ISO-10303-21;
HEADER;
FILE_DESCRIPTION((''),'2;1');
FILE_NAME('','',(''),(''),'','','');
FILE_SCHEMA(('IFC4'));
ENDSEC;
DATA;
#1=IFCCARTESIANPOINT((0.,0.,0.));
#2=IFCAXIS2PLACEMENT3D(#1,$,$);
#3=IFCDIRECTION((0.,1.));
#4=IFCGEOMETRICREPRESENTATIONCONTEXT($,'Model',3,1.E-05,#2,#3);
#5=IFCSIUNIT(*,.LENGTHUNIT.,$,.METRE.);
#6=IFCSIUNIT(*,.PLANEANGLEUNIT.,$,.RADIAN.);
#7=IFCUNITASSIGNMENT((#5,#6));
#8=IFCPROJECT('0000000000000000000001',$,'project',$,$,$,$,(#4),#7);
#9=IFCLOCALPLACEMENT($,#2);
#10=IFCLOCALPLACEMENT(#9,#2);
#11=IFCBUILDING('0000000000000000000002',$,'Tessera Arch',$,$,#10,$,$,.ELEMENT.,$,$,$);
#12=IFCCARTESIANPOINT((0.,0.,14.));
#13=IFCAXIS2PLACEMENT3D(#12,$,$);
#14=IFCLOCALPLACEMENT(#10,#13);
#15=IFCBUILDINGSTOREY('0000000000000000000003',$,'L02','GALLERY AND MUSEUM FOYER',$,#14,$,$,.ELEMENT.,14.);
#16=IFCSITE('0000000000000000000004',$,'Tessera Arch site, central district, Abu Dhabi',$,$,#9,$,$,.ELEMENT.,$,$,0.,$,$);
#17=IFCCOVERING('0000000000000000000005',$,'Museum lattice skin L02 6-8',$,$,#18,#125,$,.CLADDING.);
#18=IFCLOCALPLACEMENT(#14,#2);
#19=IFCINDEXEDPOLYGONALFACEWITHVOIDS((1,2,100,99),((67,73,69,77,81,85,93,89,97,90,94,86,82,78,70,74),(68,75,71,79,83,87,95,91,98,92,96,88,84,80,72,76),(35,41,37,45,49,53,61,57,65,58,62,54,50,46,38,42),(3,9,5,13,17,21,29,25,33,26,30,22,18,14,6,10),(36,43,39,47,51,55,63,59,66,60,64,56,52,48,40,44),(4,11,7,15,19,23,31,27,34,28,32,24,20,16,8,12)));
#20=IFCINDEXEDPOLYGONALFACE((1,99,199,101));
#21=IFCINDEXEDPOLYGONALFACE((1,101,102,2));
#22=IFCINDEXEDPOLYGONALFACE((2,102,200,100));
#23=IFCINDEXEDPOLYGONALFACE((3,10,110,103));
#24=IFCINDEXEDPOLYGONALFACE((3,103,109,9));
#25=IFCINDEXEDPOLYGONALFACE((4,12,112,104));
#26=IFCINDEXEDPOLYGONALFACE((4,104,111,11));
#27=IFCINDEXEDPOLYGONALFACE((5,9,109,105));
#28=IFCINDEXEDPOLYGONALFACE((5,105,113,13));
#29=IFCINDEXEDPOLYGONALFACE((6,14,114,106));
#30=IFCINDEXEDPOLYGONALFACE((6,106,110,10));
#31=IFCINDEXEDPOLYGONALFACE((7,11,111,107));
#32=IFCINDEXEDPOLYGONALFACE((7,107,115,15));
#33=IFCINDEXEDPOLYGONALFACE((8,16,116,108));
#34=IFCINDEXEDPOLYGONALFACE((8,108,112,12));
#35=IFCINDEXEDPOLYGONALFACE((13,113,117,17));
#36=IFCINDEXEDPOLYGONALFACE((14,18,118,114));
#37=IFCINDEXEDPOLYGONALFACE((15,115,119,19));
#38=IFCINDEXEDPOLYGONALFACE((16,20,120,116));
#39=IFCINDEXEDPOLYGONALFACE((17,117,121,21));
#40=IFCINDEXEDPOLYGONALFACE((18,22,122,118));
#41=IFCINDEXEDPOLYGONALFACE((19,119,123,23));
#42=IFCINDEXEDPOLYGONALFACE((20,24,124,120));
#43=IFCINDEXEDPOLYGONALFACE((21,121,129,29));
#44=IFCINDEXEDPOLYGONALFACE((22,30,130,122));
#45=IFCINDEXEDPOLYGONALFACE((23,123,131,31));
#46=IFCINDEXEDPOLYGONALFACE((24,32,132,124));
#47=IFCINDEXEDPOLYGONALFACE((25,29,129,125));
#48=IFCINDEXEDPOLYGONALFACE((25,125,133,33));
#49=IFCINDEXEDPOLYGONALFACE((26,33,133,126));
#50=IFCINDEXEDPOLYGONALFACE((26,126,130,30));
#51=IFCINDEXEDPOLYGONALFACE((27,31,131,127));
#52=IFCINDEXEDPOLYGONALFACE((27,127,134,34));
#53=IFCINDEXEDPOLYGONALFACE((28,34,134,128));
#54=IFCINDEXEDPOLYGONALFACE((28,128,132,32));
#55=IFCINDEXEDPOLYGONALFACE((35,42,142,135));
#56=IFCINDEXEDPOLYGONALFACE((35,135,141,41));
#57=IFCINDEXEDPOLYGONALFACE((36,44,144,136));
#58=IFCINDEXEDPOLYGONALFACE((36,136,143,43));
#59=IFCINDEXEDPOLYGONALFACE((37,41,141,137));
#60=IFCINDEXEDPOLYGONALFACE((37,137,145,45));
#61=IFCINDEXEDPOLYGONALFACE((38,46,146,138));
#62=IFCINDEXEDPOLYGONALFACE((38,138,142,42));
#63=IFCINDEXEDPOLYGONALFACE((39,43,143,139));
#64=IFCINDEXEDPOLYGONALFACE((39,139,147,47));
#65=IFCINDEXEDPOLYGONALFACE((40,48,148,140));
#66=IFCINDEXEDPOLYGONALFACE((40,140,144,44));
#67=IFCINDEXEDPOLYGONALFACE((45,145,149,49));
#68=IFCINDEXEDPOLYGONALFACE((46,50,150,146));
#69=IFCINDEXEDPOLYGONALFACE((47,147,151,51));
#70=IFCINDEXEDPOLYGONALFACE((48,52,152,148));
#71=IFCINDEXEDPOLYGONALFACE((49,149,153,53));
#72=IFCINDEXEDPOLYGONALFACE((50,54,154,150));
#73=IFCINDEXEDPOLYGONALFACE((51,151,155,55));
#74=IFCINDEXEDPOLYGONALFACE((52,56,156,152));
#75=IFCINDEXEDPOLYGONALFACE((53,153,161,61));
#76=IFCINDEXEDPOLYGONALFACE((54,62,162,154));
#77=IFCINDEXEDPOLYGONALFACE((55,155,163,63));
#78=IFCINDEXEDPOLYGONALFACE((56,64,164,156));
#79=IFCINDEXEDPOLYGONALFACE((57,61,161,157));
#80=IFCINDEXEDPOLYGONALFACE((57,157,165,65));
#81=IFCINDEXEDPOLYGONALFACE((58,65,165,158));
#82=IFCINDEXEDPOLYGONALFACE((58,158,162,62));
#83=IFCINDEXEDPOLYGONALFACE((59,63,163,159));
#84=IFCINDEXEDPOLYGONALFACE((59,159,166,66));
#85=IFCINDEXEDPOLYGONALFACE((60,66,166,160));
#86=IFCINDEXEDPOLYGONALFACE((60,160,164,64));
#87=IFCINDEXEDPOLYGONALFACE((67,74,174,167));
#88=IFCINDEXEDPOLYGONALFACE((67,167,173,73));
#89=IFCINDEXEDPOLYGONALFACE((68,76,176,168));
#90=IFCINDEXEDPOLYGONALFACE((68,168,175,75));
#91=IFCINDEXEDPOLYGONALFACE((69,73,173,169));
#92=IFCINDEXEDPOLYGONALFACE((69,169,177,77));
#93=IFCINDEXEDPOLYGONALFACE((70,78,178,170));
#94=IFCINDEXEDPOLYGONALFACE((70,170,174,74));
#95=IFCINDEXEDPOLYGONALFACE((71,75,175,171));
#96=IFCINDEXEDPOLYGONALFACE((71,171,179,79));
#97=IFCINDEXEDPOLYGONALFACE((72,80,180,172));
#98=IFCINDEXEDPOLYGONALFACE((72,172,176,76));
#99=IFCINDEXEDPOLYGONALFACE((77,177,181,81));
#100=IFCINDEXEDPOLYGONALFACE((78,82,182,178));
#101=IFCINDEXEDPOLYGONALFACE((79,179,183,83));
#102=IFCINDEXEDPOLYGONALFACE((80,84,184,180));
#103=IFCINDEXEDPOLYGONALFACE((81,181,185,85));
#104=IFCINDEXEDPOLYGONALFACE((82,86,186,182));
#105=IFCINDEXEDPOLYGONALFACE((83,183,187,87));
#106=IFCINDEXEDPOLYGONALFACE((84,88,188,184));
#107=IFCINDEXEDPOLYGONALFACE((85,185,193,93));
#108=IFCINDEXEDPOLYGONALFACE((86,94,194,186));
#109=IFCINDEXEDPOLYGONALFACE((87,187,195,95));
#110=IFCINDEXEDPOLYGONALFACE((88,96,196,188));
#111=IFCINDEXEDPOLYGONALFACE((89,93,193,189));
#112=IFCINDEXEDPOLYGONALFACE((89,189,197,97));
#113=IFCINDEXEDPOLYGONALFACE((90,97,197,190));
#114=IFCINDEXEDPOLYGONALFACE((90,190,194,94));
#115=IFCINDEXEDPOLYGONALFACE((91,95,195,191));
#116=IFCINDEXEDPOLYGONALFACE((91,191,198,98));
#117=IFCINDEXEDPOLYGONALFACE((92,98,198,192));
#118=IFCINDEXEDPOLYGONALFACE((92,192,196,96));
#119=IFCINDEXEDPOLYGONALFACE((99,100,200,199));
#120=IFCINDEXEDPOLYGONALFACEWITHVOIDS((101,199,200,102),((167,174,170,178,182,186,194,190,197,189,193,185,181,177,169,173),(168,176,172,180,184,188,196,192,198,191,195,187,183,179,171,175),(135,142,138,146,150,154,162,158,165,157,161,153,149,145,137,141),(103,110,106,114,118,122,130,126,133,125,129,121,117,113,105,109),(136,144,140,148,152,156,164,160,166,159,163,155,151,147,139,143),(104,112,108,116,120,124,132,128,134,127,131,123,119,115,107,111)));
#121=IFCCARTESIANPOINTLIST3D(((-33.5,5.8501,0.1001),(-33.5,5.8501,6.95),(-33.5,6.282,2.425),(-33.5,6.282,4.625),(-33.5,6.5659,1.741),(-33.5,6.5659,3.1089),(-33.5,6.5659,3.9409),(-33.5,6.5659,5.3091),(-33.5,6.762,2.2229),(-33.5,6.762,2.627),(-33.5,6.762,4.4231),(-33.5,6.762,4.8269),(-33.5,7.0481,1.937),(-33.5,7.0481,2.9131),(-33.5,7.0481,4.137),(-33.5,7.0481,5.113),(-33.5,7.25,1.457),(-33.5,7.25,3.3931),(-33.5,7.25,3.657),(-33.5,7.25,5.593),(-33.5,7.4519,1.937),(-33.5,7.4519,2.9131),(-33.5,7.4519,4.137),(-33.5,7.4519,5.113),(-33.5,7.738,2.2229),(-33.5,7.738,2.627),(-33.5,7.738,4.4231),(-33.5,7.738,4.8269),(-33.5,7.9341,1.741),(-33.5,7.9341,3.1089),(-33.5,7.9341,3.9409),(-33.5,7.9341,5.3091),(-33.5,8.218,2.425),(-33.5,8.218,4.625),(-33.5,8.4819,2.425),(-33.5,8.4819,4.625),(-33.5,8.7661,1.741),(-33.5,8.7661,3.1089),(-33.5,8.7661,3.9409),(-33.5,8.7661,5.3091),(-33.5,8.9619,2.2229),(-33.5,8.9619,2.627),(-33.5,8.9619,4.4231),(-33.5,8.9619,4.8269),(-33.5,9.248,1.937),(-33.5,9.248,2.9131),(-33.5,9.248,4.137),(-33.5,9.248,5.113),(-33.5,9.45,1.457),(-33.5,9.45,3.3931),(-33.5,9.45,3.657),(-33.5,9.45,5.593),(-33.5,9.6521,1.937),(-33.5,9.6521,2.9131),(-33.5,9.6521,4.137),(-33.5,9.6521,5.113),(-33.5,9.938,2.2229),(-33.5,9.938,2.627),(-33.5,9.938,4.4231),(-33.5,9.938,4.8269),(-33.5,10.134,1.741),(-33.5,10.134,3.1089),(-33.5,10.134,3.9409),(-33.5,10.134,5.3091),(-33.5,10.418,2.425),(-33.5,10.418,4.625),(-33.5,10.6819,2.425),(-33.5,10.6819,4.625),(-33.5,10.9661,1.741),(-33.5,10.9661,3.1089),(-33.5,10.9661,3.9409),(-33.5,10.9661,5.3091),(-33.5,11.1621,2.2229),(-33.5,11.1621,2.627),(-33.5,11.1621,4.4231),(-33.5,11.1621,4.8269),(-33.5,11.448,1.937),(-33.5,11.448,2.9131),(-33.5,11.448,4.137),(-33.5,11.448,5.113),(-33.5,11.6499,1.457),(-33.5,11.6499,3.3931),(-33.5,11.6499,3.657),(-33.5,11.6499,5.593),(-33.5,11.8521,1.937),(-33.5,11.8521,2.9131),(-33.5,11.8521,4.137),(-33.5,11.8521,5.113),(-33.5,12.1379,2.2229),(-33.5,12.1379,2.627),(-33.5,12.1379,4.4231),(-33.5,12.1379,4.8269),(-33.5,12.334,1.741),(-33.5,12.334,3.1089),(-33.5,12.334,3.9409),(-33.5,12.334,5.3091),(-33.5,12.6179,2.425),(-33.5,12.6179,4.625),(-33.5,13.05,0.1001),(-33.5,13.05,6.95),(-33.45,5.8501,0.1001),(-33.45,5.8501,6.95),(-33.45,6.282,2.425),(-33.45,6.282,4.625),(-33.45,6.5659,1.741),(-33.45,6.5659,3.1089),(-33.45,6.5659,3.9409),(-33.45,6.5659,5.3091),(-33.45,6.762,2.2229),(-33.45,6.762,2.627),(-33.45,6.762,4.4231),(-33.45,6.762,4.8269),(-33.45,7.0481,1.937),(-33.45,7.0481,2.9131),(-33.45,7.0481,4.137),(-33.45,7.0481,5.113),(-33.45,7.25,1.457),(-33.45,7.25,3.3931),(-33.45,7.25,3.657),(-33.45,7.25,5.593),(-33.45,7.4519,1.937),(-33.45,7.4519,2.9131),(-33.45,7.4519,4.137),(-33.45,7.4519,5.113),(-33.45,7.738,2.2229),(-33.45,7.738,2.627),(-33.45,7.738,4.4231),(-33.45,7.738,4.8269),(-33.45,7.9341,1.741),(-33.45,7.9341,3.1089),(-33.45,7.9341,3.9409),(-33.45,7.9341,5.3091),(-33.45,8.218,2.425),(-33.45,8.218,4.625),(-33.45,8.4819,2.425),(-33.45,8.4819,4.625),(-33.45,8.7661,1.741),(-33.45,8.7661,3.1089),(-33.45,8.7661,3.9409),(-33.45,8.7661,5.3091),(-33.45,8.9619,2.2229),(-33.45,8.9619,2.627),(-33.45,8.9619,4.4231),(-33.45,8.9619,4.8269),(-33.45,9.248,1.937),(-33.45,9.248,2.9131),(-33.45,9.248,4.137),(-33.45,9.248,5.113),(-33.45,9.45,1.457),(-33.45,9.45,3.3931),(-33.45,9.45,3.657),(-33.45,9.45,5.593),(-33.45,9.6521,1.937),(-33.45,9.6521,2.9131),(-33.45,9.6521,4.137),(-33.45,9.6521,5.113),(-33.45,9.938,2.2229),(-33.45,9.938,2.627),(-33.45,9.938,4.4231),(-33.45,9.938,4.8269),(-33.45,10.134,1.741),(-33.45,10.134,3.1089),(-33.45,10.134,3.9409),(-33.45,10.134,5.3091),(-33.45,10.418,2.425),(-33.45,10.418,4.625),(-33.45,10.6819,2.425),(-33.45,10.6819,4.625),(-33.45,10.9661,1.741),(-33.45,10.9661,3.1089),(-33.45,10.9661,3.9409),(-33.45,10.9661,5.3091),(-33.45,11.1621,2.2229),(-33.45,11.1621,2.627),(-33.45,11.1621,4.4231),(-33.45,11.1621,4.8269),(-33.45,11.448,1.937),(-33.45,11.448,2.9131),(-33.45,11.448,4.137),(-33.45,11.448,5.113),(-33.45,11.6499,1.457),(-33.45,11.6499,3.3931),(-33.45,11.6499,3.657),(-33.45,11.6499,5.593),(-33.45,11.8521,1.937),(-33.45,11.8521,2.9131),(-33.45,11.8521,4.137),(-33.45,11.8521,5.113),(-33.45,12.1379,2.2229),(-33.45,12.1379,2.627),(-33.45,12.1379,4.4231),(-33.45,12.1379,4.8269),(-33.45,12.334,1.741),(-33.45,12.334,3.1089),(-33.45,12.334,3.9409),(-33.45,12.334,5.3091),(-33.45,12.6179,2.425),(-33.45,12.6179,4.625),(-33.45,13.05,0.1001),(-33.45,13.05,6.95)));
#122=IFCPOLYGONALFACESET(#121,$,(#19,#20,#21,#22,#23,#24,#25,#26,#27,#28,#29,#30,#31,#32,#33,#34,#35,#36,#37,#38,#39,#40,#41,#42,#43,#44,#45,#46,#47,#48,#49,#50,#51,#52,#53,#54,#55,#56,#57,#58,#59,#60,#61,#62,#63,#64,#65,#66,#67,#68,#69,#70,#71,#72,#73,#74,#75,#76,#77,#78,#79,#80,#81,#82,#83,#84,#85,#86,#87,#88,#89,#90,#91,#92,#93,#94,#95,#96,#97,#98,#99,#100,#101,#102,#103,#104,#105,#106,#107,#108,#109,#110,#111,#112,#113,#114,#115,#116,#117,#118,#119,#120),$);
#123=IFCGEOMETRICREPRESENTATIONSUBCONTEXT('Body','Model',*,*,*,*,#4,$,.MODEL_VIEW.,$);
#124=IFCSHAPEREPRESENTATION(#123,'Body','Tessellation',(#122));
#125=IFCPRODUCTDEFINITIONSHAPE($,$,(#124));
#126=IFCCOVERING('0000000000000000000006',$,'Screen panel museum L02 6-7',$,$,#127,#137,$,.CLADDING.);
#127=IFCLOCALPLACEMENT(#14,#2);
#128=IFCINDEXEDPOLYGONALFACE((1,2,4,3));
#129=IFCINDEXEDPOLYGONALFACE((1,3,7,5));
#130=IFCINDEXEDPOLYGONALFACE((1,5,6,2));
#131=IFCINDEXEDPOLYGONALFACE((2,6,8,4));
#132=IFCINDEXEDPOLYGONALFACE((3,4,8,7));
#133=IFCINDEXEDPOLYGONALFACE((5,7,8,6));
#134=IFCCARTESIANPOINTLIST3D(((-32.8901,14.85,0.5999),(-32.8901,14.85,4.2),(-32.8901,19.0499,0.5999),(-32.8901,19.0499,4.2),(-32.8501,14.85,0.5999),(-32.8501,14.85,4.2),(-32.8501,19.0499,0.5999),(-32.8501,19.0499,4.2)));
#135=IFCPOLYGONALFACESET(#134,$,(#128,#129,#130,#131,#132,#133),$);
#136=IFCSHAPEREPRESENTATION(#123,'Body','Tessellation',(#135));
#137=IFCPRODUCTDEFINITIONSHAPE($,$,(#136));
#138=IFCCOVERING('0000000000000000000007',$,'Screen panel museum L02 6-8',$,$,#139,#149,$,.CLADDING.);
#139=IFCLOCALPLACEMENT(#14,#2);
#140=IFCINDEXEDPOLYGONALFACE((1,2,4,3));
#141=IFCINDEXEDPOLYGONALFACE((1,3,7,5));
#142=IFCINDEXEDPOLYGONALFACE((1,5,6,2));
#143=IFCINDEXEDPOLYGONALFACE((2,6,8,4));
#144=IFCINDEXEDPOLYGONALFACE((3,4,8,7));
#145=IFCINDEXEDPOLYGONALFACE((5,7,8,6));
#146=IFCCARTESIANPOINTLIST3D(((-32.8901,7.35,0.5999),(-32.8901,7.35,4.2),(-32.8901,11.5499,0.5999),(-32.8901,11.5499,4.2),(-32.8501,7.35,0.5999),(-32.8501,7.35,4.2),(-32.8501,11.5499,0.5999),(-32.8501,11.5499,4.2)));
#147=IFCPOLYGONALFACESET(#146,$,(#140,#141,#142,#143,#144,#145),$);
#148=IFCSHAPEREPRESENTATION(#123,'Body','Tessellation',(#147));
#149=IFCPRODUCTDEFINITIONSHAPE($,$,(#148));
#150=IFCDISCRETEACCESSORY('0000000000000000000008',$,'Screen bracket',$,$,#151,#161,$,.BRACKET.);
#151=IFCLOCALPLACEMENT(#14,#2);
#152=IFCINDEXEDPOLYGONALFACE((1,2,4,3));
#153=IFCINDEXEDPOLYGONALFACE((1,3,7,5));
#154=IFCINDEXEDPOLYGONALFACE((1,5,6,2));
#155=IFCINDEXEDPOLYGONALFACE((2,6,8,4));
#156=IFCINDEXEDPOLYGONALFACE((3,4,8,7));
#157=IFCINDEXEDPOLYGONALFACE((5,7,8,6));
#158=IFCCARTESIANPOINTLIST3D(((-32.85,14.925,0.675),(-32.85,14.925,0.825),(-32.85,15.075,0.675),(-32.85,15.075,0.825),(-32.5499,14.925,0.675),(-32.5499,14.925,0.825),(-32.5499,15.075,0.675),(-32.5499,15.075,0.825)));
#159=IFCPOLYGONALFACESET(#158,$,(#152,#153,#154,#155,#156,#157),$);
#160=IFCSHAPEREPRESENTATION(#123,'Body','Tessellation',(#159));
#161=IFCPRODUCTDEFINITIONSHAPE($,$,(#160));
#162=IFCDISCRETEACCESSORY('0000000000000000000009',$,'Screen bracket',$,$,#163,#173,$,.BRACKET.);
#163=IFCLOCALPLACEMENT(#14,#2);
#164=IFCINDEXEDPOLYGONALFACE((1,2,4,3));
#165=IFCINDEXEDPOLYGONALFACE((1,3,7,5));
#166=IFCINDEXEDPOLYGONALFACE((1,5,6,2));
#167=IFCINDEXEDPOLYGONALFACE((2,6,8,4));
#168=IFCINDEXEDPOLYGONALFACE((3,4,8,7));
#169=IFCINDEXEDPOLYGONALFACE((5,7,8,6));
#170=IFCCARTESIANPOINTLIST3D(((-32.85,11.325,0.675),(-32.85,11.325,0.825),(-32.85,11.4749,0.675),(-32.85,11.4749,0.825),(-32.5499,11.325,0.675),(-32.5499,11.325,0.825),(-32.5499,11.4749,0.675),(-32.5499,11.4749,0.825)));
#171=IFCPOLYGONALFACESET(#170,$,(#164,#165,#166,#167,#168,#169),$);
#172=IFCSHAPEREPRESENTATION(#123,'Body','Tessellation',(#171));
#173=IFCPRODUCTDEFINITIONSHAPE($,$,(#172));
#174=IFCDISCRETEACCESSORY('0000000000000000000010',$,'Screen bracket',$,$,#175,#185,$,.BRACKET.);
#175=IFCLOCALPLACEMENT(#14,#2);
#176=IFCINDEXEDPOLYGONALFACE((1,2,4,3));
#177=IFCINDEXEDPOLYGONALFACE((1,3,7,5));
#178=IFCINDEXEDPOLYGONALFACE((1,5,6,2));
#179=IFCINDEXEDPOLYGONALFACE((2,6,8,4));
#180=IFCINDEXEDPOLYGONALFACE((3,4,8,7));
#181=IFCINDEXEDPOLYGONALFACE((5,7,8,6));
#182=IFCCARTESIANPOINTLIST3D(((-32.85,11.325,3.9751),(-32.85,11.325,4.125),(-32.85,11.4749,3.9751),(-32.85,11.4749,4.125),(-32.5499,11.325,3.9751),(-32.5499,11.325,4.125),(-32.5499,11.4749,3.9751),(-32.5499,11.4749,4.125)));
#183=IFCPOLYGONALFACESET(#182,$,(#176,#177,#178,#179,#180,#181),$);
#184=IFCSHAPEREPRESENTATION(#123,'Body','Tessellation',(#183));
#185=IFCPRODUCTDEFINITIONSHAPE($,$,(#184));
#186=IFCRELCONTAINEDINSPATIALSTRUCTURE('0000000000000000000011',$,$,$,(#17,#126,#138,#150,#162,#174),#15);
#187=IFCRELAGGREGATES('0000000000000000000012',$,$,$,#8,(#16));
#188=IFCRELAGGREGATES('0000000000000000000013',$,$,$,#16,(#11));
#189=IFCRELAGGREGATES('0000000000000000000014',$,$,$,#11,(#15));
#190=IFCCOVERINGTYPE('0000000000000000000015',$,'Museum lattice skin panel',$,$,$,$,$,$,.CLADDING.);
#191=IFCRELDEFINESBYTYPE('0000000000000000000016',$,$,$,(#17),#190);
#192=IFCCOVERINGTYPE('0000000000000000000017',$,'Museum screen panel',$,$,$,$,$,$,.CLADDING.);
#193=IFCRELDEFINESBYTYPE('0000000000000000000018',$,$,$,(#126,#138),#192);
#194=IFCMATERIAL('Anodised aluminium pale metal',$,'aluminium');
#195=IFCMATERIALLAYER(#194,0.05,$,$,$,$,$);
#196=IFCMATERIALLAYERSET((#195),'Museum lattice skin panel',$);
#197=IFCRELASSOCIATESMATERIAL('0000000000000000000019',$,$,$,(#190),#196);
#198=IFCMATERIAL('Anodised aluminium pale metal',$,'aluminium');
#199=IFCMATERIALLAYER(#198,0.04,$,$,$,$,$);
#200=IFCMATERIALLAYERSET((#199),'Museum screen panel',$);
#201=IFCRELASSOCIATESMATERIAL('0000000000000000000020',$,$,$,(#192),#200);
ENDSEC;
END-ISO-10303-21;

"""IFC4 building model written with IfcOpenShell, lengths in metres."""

from ifc_helpers import new_model, si_unit, direction, frame, origin, origin_2d, place, context, subcontext, project, spatial, polyline, rectangle, outline, extrude, material, layer, layer_set, type_object, element, save


model = new_model("IFC4")

# Units and contexts
model_context = context("Model", 3, precision=1e-05, world=origin(), true_north=direction((0.0, 1.0)))
body_context = subcontext(model_context, "Body", "Model", "MODEL_VIEW")
ifc_project = project(units=[si_unit("LENGTHUNIT", "METRE"), si_unit("PLANEANGLEUNIT", "RADIAN")], contexts=[model_context])

# Site, building, storey
site_placement = place(None, origin())
site = spatial("IfcSite", under=ifc_project, at=site_placement, Name="Tessera Arch site, central district, Abu Dhabi", CompositionType="ELEMENT", RefElevation=0.0)
building_placement = place(site_placement, origin())
building = spatial("IfcBuilding", under=site, at=building_placement, Name="Tessera Arch", CompositionType="ELEMENT")
storey_placement = place(building_placement, frame((0.0, 0.0, 14.0)))
storey = spatial("IfcBuildingStorey", under=building, at=storey_placement, Name="L02", Description="GALLERY AND MUSEUM FOYER", CompositionType="ELEMENT", Elevation=14.0)

# Coverings
ifc_material_1 = material(Name="Anodised aluminium pale metal", Category="aluminium")
ifc_layer_1 = layer(ifc_material_1, 0.05)
ifc_layer_set_1 = layer_set([ifc_layer_1], Name="Museum lattice skin panel")
covering_type_1 = type_object("IfcCoveringType", Name="Museum lattice skin panel", PredefinedType="CLADDING", material=ifc_layer_set_1)
covering_placement = place(storey_placement, frame((-33.45, 13.05, 6.95), z_axis=(1.0, 0.0, 0.0), x_axis=(0.0, -1.0, 0.0)))
element("IfcCovering", 1, at=covering_placement, inside=storey, type_object=covering_type_1, Name="Museum lattice skin L02 6-8", PredefinedType="CLADDING", context=body_context, shape_type="SweptSolid", body=[
    extrude(outline(polyline([(0.0, 0.0), (7.2, 0.0), (7.2, 6.8499), (0.0, 6.8499), (0.0, 0.0)]), holes=[polyline([(2.3682, 4.5249), (1.8879, 4.323), (2.084, 3.8411), (1.6021, 4.0369), (1.4001, 3.5569), (1.198, 4.0369), (0.7161, 3.8411), (0.9121, 4.323), (0.4321, 4.5249), (0.9121, 4.7271), (0.7161, 5.209), (1.198, 5.0129), (1.4001, 5.4929), (1.6021, 5.0129), (2.084, 5.209), (1.8879, 4.7271), (2.3682, 4.5249)]), polyline([(2.3682, 2.325), (1.8879, 2.123), (2.084, 1.6409), (1.6021, 1.8369), (1.4001, 1.3569), (1.198, 1.8369), (0.7161, 1.6409), (0.9121, 2.123), (0.4321, 2.325), (0.9121, 2.5269), (0.7161, 3.009), (1.198, 2.813), (1.4001, 3.293), (1.6021, 2.813), (2.084, 3.009), (1.8879, 2.5269), (2.3682, 2.325)]), polyline([(4.5681, 4.5249), (4.0881, 4.323), (4.2839, 3.8411), (3.802, 4.0369), (3.6001, 3.5569), (3.3979, 4.0369), (2.916, 3.8411), (3.1121, 4.323), (2.6321, 4.5249), (3.1121, 4.7271), (2.916, 5.209), (3.3979, 5.0129), (3.6001, 5.4929), (3.802, 5.0129), (4.2839, 5.209), (4.0881, 4.7271), (4.5681, 4.5249)]), polyline([(4.5681, 2.325), (4.0881, 2.123), (4.2839, 1.6409), (3.802, 1.8369), (3.6001, 1.3569), (3.3979, 1.8369), (2.916, 1.6409), (3.1121, 2.123), (2.6321, 2.325), (3.1121, 2.5269), (2.916, 3.009), (3.3979, 2.813), (3.6001, 3.293), (3.802, 2.813), (4.2839, 3.009), (4.0881, 2.5269), (4.5681, 2.325)]), polyline([(6.7681, 4.5249), (6.2881, 4.323), (6.4841, 3.8411), (6.002, 4.0369), (5.8, 3.5569), (5.5981, 4.0369), (5.116, 3.8411), (5.312, 4.323), (4.832, 4.5249), (5.312, 4.7271), (5.116, 5.209), (5.5981, 5.0129), (5.8, 5.4929), (6.002, 5.0129), (6.4841, 5.209), (6.2881, 4.7271), (6.7681, 4.5249)]), polyline([(6.7681, 2.325), (6.2881, 2.123), (6.4841, 1.6409), (6.002, 1.8369), (5.8, 1.3569), (5.5981, 1.8369), (5.116, 1.6409), (5.312, 2.123), (4.832, 2.325), (5.312, 2.5269), (5.116, 3.009), (5.5981, 2.813), (5.8, 3.293), (6.002, 2.813), (6.4841, 3.009), (6.2881, 2.5269), (6.7681, 2.325)])]), origin(), (0.0, 0.0, -1.0), 0.05),
])
ifc_material_2 = material(Name="Anodised aluminium pale metal", Category="aluminium")
ifc_layer_2 = layer(ifc_material_2, 0.04)
ifc_layer_set_2 = layer_set([ifc_layer_2], Name="Museum screen panel")
covering_type_2 = type_object("IfcCoveringType", Name="Museum screen panel", PredefinedType="CLADDING", material=ifc_layer_set_2)
for number, where, z_axis, x_axis, name in (
    (2, (-32.8701, 16.95, 0.5999), (0.0, 0.0, 1.0), (0.0, -1.0, 0.0), "Screen panel museum L02 6-7"),
    (3, (-32.8701, 9.45, 0.5999), (0.0, 0.0, 1.0), (0.0, -1.0, 0.0), "Screen panel museum L02 6-8"),
):
    element("IfcCovering", number, at=place(storey_placement, frame(where, z_axis=z_axis, x_axis=x_axis)), inside=storey, type_object=covering_type_2, Name=name, PredefinedType="CLADDING", context=body_context, shape_type="SweptSolid", body=[
        extrude(rectangle(XDim=4.2, YDim=0.04, at=origin_2d()), origin(), (0.0, 0.0, 1.0), 3.6001),
    ])

# Discrete accessories
for number, where, z_axis, x_axis, name in (
    (4, (-32.7, 15.0, 0.675), (0.0, 0.0, 1.0), (-1.0, 0.0, 0.0), "Screen bracket"),
    (5, (-32.7, 11.3999, 0.675), (0.0, 0.0, 1.0), (-1.0, 0.0, 0.0), "Screen bracket"),
    (6, (-32.7, 11.3999, 3.9751), (0.0, 0.0, 1.0), (-1.0, 0.0, 0.0), "Screen bracket"),
):
    element("IfcDiscreteAccessory", number, at=place(storey_placement, frame(where, z_axis=z_axis, x_axis=x_axis)), inside=storey, Name=name, PredefinedType="BRACKET", context=body_context, shape_type="SweptSolid", body=[
        extrude(rectangle(XDim=0.3, YDim=0.1499, at=origin_2d()), origin(), (0.0, 0.0, 1.0), 0.1499),
    ])

save(model, "model.ifc")
